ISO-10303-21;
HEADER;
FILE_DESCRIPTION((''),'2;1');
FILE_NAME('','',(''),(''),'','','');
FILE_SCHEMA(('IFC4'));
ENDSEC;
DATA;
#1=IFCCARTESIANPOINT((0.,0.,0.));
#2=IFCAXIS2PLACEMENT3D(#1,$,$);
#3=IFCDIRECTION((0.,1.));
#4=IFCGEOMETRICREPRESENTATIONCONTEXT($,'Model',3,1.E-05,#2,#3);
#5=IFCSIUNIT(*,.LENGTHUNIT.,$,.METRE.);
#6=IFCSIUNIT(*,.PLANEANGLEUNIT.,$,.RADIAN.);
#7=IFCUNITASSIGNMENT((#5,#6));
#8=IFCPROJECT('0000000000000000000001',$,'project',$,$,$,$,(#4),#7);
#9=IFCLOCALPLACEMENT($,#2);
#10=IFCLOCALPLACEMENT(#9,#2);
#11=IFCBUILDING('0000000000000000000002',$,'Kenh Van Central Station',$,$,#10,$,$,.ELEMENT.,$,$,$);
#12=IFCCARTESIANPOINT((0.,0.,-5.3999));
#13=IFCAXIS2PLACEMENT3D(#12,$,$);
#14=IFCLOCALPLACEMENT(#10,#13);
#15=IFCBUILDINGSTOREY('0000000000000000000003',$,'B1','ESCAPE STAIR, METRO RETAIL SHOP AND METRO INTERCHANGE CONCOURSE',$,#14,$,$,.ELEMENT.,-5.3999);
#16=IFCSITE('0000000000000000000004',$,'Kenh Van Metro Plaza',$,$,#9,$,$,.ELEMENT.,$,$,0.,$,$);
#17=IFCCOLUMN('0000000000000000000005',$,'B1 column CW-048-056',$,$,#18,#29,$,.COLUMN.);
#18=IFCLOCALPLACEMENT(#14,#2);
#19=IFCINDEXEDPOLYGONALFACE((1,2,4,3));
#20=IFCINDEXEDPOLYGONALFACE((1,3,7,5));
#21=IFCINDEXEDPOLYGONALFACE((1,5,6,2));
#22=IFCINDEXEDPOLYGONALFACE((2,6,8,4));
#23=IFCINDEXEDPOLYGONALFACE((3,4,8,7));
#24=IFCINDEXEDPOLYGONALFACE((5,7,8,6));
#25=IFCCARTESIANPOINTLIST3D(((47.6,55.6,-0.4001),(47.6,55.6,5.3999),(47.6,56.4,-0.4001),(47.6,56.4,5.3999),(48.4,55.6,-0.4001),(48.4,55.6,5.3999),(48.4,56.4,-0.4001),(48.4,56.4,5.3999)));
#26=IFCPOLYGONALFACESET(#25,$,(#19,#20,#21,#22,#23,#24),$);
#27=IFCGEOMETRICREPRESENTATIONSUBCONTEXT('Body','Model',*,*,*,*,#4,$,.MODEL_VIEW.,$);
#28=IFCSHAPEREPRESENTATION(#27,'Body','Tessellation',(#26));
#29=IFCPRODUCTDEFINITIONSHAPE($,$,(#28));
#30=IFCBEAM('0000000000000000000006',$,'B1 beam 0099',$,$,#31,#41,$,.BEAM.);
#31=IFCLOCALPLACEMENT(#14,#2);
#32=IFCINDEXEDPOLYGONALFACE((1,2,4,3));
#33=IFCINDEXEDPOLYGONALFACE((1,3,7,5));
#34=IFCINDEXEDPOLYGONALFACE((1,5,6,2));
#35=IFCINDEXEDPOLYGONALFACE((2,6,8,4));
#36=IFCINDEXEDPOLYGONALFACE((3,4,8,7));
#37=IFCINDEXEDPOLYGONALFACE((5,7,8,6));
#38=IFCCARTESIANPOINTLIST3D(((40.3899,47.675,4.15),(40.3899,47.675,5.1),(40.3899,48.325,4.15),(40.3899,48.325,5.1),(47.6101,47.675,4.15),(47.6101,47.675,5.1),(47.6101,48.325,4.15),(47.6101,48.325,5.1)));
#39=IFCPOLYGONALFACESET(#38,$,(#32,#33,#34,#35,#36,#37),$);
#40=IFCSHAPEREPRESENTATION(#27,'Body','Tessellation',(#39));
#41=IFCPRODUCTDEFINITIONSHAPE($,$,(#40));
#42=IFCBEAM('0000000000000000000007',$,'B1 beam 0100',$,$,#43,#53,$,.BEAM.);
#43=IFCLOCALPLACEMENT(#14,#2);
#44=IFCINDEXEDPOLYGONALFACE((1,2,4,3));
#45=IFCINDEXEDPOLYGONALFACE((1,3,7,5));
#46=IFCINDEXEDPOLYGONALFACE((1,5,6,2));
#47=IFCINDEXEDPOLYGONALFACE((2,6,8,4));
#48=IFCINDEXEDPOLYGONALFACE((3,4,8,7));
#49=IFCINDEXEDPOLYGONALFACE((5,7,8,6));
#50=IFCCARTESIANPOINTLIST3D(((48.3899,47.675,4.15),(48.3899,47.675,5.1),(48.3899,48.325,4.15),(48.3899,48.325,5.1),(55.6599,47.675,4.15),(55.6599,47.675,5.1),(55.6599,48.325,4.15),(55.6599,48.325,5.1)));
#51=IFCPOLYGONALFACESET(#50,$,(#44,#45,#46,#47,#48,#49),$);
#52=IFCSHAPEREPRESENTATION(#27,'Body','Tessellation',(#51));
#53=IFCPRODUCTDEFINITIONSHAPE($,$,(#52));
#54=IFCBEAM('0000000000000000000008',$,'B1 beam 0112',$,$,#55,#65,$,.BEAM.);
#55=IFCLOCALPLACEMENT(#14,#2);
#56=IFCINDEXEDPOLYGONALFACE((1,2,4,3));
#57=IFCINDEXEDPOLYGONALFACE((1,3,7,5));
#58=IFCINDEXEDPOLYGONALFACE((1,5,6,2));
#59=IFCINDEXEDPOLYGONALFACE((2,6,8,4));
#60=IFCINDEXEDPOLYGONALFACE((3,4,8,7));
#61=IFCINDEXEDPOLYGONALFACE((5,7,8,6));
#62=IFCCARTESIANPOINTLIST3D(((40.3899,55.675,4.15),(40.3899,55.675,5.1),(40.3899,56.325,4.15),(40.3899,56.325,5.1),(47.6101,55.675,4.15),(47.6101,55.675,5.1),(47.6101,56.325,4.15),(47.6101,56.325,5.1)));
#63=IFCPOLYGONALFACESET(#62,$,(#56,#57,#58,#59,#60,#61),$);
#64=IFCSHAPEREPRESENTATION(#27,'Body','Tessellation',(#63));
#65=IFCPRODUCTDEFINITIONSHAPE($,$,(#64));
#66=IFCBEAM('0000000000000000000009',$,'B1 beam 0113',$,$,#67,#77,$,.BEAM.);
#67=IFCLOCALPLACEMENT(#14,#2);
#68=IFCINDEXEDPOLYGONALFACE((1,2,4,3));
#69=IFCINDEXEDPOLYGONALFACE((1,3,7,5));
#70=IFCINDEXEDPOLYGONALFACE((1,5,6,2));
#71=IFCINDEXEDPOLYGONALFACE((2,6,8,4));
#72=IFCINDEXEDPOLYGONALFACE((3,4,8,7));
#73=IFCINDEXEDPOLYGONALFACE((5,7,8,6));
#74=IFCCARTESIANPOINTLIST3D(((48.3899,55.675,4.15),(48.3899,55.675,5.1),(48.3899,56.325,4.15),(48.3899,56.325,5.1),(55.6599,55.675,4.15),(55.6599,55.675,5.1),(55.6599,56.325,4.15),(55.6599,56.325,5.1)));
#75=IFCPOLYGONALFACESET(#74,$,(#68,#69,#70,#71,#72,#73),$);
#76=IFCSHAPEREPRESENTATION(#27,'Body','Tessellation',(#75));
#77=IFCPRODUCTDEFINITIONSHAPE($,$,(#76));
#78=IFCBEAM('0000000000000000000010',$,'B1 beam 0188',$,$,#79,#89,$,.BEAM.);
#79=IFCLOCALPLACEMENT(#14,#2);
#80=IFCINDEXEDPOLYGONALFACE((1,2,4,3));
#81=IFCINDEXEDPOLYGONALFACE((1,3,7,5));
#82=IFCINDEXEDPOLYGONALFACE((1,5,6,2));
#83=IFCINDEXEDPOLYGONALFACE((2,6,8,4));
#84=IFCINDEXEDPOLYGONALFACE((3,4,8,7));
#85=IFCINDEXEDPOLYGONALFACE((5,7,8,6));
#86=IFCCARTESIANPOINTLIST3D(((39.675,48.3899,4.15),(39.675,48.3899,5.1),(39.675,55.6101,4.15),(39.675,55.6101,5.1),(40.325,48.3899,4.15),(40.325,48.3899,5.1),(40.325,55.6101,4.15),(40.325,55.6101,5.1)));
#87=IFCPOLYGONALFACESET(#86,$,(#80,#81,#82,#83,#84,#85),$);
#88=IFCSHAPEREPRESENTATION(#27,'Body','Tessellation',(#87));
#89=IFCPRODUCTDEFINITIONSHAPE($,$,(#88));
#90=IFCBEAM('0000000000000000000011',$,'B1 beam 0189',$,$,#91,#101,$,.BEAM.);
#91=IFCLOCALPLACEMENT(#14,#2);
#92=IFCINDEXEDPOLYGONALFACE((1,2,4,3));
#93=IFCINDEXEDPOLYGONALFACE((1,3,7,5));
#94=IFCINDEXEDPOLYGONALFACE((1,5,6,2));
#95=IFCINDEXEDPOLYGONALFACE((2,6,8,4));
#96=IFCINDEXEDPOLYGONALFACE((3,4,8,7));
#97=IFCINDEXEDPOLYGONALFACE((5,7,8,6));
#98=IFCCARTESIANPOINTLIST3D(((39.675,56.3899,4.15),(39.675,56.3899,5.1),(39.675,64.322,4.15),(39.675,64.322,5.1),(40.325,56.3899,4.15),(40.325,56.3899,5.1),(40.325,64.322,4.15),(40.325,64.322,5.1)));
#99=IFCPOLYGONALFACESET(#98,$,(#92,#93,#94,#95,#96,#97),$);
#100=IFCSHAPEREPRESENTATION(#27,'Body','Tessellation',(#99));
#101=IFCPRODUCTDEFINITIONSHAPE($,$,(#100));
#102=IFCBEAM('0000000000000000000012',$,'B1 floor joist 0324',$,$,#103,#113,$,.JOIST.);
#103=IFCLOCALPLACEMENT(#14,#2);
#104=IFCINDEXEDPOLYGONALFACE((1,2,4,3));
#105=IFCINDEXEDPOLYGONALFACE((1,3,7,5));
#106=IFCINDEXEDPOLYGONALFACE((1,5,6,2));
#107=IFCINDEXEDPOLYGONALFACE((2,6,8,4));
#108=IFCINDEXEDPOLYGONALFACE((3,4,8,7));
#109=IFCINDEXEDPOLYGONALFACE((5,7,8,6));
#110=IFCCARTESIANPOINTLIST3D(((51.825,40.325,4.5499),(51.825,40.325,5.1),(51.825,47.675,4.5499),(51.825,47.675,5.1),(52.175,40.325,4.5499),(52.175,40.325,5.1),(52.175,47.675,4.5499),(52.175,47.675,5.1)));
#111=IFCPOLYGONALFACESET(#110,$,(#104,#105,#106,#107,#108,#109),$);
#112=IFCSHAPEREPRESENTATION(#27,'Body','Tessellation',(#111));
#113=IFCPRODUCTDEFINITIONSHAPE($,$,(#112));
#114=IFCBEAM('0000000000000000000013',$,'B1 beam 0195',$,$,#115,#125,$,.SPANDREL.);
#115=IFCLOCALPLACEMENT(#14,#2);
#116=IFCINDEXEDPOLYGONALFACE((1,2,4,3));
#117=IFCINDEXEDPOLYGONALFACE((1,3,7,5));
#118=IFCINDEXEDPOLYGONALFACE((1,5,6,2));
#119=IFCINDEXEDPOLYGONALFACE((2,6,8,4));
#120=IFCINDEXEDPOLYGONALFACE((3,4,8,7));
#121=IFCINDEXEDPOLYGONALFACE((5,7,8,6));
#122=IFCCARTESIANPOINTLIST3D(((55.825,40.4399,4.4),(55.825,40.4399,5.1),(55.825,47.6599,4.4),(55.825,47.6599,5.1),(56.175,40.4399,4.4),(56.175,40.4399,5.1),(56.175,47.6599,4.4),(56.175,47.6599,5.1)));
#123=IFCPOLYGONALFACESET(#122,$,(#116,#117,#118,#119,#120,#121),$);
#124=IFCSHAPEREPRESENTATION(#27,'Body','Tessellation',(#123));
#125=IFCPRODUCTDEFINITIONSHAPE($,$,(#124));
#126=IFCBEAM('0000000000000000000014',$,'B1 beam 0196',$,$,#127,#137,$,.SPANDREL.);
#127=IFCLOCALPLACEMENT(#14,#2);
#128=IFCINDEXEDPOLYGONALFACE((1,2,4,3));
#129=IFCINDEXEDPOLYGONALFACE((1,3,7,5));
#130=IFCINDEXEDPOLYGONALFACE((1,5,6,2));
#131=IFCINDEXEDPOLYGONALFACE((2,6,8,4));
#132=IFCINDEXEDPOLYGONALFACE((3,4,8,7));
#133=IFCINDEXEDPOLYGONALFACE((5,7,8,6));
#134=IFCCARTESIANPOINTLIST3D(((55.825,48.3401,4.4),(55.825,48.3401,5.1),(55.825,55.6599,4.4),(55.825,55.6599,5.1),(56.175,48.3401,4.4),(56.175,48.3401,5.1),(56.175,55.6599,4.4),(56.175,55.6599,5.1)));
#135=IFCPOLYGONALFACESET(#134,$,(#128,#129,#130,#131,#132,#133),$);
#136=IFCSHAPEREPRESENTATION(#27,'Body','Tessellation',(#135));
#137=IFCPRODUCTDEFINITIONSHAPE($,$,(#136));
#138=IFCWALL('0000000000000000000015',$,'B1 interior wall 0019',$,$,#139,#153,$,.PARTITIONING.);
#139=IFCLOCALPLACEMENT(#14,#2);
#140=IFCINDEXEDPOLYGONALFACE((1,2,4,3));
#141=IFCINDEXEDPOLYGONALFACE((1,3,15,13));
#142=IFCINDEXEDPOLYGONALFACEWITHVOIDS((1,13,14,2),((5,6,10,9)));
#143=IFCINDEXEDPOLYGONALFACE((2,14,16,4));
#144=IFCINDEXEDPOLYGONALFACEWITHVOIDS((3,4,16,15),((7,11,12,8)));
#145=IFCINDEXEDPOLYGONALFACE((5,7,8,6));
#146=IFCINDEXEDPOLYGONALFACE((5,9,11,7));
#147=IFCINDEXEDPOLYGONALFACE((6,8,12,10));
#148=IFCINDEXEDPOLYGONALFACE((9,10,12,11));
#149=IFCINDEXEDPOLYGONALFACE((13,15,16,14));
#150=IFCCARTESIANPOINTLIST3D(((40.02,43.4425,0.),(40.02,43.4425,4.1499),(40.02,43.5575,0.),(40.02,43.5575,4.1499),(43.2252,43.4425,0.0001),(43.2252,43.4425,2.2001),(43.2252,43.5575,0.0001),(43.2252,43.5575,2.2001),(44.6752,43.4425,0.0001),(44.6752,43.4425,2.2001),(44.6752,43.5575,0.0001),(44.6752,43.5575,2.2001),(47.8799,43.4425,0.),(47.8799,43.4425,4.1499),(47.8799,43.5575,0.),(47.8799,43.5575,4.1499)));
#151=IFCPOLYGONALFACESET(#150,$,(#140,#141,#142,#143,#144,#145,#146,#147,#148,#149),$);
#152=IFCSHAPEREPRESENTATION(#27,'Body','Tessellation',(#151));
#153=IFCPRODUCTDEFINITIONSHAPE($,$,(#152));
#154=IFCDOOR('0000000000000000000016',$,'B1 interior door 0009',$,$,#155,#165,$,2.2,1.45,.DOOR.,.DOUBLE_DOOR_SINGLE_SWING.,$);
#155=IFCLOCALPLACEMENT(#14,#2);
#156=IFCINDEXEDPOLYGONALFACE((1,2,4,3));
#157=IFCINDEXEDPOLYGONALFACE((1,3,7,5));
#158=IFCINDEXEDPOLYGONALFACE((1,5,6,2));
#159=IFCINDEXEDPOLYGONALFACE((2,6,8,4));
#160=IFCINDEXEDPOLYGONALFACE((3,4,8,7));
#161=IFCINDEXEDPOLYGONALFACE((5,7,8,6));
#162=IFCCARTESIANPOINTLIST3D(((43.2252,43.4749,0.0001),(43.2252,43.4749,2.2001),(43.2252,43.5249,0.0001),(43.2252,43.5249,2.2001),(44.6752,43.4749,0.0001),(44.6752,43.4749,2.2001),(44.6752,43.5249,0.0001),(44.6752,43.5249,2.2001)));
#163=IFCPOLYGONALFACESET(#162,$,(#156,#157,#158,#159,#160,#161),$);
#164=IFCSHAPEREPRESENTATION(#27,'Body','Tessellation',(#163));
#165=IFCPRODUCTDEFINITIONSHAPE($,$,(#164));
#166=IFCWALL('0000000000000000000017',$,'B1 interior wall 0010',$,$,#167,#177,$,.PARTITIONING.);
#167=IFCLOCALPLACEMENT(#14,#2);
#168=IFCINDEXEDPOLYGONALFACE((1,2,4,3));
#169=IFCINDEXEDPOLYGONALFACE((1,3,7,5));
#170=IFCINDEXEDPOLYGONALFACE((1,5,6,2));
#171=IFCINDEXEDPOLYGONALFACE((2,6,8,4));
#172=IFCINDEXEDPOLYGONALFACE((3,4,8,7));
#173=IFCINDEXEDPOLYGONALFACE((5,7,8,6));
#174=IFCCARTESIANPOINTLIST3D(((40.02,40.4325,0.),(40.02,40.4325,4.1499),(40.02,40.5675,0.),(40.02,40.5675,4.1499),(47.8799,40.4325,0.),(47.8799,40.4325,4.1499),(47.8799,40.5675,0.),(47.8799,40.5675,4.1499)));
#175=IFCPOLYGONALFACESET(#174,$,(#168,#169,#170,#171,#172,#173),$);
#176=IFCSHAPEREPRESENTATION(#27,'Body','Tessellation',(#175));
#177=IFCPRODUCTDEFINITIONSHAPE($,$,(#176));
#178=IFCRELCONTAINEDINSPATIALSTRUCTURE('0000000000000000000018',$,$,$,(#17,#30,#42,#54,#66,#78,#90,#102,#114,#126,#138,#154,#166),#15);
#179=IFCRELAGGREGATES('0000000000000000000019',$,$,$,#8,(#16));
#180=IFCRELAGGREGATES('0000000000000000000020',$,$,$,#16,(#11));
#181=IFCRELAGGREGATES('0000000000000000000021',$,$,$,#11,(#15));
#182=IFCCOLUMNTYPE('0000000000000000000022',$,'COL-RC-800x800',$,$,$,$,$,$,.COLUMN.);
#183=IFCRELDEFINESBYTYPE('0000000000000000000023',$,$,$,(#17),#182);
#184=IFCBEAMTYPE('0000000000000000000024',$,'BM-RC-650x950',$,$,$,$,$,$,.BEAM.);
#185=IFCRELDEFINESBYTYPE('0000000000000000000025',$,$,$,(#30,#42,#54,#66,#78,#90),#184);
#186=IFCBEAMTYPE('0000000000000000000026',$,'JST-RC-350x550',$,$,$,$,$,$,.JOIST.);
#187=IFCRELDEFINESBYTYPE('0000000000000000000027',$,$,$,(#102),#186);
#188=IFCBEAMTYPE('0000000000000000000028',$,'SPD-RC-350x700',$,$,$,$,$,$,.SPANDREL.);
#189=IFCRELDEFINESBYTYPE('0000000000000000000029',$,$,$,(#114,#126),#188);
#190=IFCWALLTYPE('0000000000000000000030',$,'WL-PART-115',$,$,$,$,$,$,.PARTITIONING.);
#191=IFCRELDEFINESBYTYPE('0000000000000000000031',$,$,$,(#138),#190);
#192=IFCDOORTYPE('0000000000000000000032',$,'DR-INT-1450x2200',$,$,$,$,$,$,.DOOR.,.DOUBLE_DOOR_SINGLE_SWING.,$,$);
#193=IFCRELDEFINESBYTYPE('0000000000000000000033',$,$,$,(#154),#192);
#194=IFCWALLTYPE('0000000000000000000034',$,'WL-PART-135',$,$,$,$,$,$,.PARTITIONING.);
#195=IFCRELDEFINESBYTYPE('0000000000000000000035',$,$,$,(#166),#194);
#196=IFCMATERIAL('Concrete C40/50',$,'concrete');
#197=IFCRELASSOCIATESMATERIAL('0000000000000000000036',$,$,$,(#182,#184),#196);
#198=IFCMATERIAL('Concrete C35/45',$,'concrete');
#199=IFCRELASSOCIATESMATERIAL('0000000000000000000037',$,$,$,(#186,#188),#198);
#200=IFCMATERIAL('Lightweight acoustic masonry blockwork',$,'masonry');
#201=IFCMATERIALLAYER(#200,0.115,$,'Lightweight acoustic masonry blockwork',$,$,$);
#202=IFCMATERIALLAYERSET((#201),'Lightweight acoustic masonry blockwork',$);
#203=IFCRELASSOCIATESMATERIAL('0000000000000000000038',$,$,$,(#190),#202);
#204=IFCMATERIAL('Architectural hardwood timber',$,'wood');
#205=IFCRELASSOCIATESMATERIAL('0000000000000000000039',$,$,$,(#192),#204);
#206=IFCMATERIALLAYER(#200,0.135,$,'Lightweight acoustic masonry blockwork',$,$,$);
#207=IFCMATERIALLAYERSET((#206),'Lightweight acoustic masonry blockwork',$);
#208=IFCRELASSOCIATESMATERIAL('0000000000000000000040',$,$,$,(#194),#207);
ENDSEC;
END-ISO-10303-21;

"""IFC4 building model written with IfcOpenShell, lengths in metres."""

from ifc_helpers import new_model, si_unit, direction, frame, frame_2d, origin, origin_2d, place, context, subcontext, project, spatial, rectangle, extrude, material, layer, layer_set, material_profile, profile_set, type_object, element, fill, save


model = new_model("IFC4")

# Units and contexts
model_context = context("Model", 3, precision=1e-05, world=origin(), true_north=direction((0.0, 1.0)))
body_context = subcontext(model_context, "Body", "Model", "MODEL_VIEW")
ifc_project = project(units=[si_unit("LENGTHUNIT", "METRE"), si_unit("PLANEANGLEUNIT", "RADIAN")], contexts=[model_context])

# Site, building, storey
site_placement = place(None, origin())
site = spatial("IfcSite", under=ifc_project, at=site_placement, Name="Kenh Van Metro Plaza", CompositionType="ELEMENT", RefElevation=0.0)
building_placement = place(site_placement, origin())
building = spatial("IfcBuilding", under=site, at=building_placement, Name="Kenh Van Central Station", CompositionType="ELEMENT")
storey_placement = place(building_placement, frame((0.0, 0.0, -5.3999)))
storey = spatial("IfcBuildingStorey", under=building, at=storey_placement, Name="B1", Description="ESCAPE STAIR, METRO RETAIL SHOP AND METRO INTERCHANGE CONCOURSE", CompositionType="ELEMENT", Elevation=-5.3999)

# Shared definitions
ifc_material_1 = material(Name="Concrete C40/50", Category="concrete")

# Column
ifc_material_profile_1 = material_profile(ifc_material_1, rectangle(XDim=0.8, YDim=0.8, at=origin_2d()), Name="RC 800x800")
ifc_profile_set_1 = profile_set([ifc_material_profile_1], Name="Concrete C40/50")
column_type_1 = type_object("IfcColumnType", Name="COL-RC-800x800", PredefinedType="COLUMN", material=ifc_profile_set_1)
for number, where, z_axis, x_axis, name in (
    (1, (48.0, 56.0, -0.4001), (0.0, 0.0, 1.0), (1.0, 0.0, 0.0), "B1 column CW-048-056"),
):
    element("IfcColumn", number, at=place(storey_placement, frame(where, z_axis=z_axis, x_axis=x_axis)), inside=storey, type_object=column_type_1, Name=name, PredefinedType="COLUMN", context=body_context, shape_type="SweptSolid", body=[
        extrude(rectangle(XDim=0.8, YDim=0.8, at=origin_2d()), origin(), (0.0, 0.0, 1.0), 5.8),
    ])

# Beams
ifc_material_profile_2 = material_profile(ifc_material_1, rectangle(XDim=0.6499, YDim=0.95, at=origin_2d()), Name="RC 650x950")
ifc_profile_set_2 = profile_set([ifc_material_profile_2], Name="Concrete C40/50")
beam_type_1 = type_object("IfcBeamType", Name="BM-RC-650x950", PredefinedType="BEAM", material=ifc_profile_set_2)
beam_1_placement = place(storey_placement, frame((40.3899, 48.0, 4.625), z_axis=(1.0, 0.0, 0.0), x_axis=(0.0, 1.0, 0.0)))
element("IfcBeam", 2, at=beam_1_placement, inside=storey, type_object=beam_type_1, Name="B1 beam 0099", PredefinedType="BEAM", context=body_context, shape_type="SweptSolid", body=[
    extrude(rectangle(XDim=0.6499, YDim=0.95, at=origin_2d()), origin(), (0.0, 0.0, 1.0), 7.2202),
])
beam_2_placement = place(storey_placement, frame((48.3899, 48.0, 4.625), z_axis=(1.0, 0.0, 0.0), x_axis=(0.0, 1.0, 0.0)))
element("IfcBeam", 3, at=beam_2_placement, inside=storey, type_object=beam_type_1, Name="B1 beam 0100", PredefinedType="BEAM", context=body_context, shape_type="SweptSolid", body=[
    extrude(rectangle(XDim=0.6499, YDim=0.95, at=origin_2d()), origin(), (0.0, 0.0, 1.0), 7.27),
])
beam_3_placement = place(storey_placement, frame((40.3899, 56.0, 4.625), z_axis=(1.0, 0.0, 0.0), x_axis=(0.0, 1.0, 0.0)))
element("IfcBeam", 4, at=beam_3_placement, inside=storey, type_object=beam_type_1, Name="B1 beam 0112", PredefinedType="BEAM", context=body_context, shape_type="SweptSolid", body=[
    extrude(rectangle(XDim=0.6499, YDim=0.95, at=origin_2d()), origin(), (0.0, 0.0, 1.0), 7.2202),
])
beam_4_placement = place(storey_placement, frame((48.3899, 56.0, 4.625), z_axis=(1.0, 0.0, 0.0), x_axis=(0.0, 1.0, 0.0)))
element("IfcBeam", 5, at=beam_4_placement, inside=storey, type_object=beam_type_1, Name="B1 beam 0113", PredefinedType="BEAM", context=body_context, shape_type="SweptSolid", body=[
    extrude(rectangle(XDim=0.6499, YDim=0.95, at=origin_2d()), origin(), (0.0, 0.0, 1.0), 7.27),
])
beam_5_placement = place(storey_placement, frame((40.0, 48.3899, 4.625), z_axis=(0.0, 1.0, 0.0), x_axis=(-1.0, 0.0, 0.0)))
element("IfcBeam", 6, at=beam_5_placement, inside=storey, type_object=beam_type_1, Name="B1 beam 0188", PredefinedType="BEAM", context=body_context, shape_type="SweptSolid", body=[
    extrude(rectangle(XDim=0.6499, YDim=0.95, at=origin_2d()), origin(), (0.0, 0.0, 1.0), 7.2202),
])
beam_6_placement = place(storey_placement, frame((40.0, 56.3899, 4.625), z_axis=(0.0, 1.0, 0.0), x_axis=(-1.0, 0.0, 0.0)))
element("IfcBeam", 7, at=beam_6_placement, inside=storey, type_object=beam_type_1, Name="B1 beam 0189", PredefinedType="BEAM", context=body_context, shape_type="SweptSolid", body=[
    extrude(rectangle(XDim=0.6499, YDim=0.95, at=origin_2d()), origin(), (0.0, 0.0, 1.0), 7.9321),
])
ifc_material_2 = material(Name="Concrete C35/45", Category="concrete")
ifc_material_profile_3 = material_profile(ifc_material_2, rectangle(XDim=0.3501, YDim=0.55, at=origin_2d()), Name="RC 350x550")
ifc_profile_set_3 = profile_set([ifc_material_profile_3], Name="Concrete C35/45")
beam_type_2 = type_object("IfcBeamType", Name="JST-RC-350x550", PredefinedType="JOIST", material=ifc_profile_set_3)
beam_7_placement = place(storey_placement, frame((52.0, 40.325, 4.825), z_axis=(0.0, 1.0, 0.0), x_axis=(-1.0, 0.0, 0.0)))
element("IfcBeam", 8, at=beam_7_placement, inside=storey, type_object=beam_type_2, Name="B1 floor joist 0324", PredefinedType="JOIST", context=body_context, shape_type="SweptSolid", body=[
    extrude(rectangle(XDim=0.3501, YDim=0.55, at=origin_2d()), origin(), (0.0, 0.0, 1.0), 7.3501),
])
ifc_material_profile_4 = material_profile(ifc_material_2, rectangle(XDim=0.3501, YDim=0.7, at=origin_2d()), Name="RC 350x700")
ifc_profile_set_4 = profile_set([ifc_material_profile_4], Name="Concrete C35/45")
beam_type_3 = type_object("IfcBeamType", Name="SPD-RC-350x700", PredefinedType="SPANDREL", material=ifc_profile_set_4)
beam_8_placement = place(storey_placement, frame((56.0, 40.4399, 4.75), z_axis=(0.0, 1.0, 0.0), x_axis=(-1.0, 0.0, 0.0)))
element("IfcBeam", 9, at=beam_8_placement, inside=storey, type_object=beam_type_3, Name="B1 beam 0195", PredefinedType="SPANDREL", context=body_context, shape_type="SweptSolid", body=[
    extrude(rectangle(XDim=0.3501, YDim=0.7, at=origin_2d()), origin(), (0.0, 0.0, 1.0), 7.22),
])
beam_9_placement = place(storey_placement, frame((56.0, 48.3401, 4.75), z_axis=(0.0, 1.0, 0.0), x_axis=(-1.0, 0.0, 0.0)))
element("IfcBeam", 10, at=beam_9_placement, inside=storey, type_object=beam_type_3, Name="B1 beam 0196", PredefinedType="SPANDREL", context=body_context, shape_type="SweptSolid", body=[
    extrude(rectangle(XDim=0.3501, YDim=0.7, at=origin_2d()), origin(), (0.0, 0.0, 1.0), 7.3198),
])

# Wall, opening, door
ifc_material_3 = material(Name="Lightweight acoustic masonry blockwork", Category="masonry")
ifc_layer_1 = layer(ifc_material_3, 0.115, Name="Lightweight acoustic masonry blockwork")
ifc_layer_set_1 = layer_set([ifc_layer_1], Name="Lightweight acoustic masonry blockwork")
wall_type_1 = type_object("IfcWallType", Name="WL-PART-115", PredefinedType="PARTITIONING", material=ifc_layer_set_1)
wall_1_placement = place(storey_placement, frame((40.02, 43.5, 0.0), z_axis=(0.0, 0.0, 1.0), x_axis=(1.0, 0.0, 0.0)))
wall_1 = element("IfcWall", 11, at=wall_1_placement, inside=storey, type_object=wall_type_1, Name="B1 interior wall 0019", PredefinedType="PARTITIONING", context=body_context, shape_type="SweptSolid", body=[
    extrude(rectangle(XDim=7.8599, YDim=0.115, at=frame_2d((3.9299, 0.0))), origin(), (0.0, 0.0, 1.0), 4.1499),
])
opening_placement = place(wall_1_placement, frame((3.2051, 0.0, 0.0)))
opening = element("IfcOpeningElement", 12, at=opening_placement, cuts=wall_1, PredefinedType="OPENING", context=body_context, shape_type="SweptSolid", body=[
    extrude(rectangle(XDim=1.45, YDim=2.2, at=frame_2d((0.7251, 1.1001))), frame((0.0, 0.0674, 0.0), z_axis=(0.0, -1.0, 0.0), x_axis=(1.0, 0.0, 0.0)), (0.0, 0.0, 1.0), 0.135),
])
ifc_material_4 = material(Name="Architectural hardwood timber", Category="wood")
door_type = type_object("IfcDoorType", Name="DR-INT-1450x2200", OperationType="DOUBLE_DOOR_SINGLE_SWING", PredefinedType="DOOR", material=ifc_material_4)
door_placement = place(opening_placement, origin())
door = element("IfcDoor", 13, at=door_placement, inside=storey, type_object=door_type, Name="B1 interior door 0009", OperationType="DOUBLE_DOOR_SINGLE_SWING", OverallHeight=2.2, OverallWidth=1.45, PredefinedType="DOOR", context=body_context, shape_type="SweptSolid", body=[
    extrude(rectangle(XDim=1.45, YDim=2.2, at=frame_2d((0.7251, 1.1001))), frame((0.0, 0.0249, 0.0), z_axis=(0.0, -1.0, 0.0), x_axis=(1.0, 0.0, 0.0)), (0.0, 0.0, 1.0), 0.05),
])
fill(opening, door)

# Wall
ifc_layer_2 = layer(ifc_material_3, 0.135, Name="Lightweight acoustic masonry blockwork")
ifc_layer_set_2 = layer_set([ifc_layer_2], Name="Lightweight acoustic masonry blockwork")
wall_type_2 = type_object("IfcWallType", Name="WL-PART-135", PredefinedType="PARTITIONING", material=ifc_layer_set_2)
wall_2_placement = place(storey_placement, frame((40.02, 40.5, 0.0), z_axis=(0.0, 0.0, 1.0), x_axis=(1.0, 0.0, 0.0)))
element("IfcWall", 14, at=wall_2_placement, inside=storey, type_object=wall_type_2, Name="B1 interior wall 0010", PredefinedType="PARTITIONING", context=body_context, shape_type="SweptSolid", body=[
    extrude(rectangle(XDim=7.8599, YDim=0.135, at=frame_2d((3.9299, 0.0))), origin(), (0.0, 0.0, 1.0), 4.1499),
])

save(model, "model.ifc")
